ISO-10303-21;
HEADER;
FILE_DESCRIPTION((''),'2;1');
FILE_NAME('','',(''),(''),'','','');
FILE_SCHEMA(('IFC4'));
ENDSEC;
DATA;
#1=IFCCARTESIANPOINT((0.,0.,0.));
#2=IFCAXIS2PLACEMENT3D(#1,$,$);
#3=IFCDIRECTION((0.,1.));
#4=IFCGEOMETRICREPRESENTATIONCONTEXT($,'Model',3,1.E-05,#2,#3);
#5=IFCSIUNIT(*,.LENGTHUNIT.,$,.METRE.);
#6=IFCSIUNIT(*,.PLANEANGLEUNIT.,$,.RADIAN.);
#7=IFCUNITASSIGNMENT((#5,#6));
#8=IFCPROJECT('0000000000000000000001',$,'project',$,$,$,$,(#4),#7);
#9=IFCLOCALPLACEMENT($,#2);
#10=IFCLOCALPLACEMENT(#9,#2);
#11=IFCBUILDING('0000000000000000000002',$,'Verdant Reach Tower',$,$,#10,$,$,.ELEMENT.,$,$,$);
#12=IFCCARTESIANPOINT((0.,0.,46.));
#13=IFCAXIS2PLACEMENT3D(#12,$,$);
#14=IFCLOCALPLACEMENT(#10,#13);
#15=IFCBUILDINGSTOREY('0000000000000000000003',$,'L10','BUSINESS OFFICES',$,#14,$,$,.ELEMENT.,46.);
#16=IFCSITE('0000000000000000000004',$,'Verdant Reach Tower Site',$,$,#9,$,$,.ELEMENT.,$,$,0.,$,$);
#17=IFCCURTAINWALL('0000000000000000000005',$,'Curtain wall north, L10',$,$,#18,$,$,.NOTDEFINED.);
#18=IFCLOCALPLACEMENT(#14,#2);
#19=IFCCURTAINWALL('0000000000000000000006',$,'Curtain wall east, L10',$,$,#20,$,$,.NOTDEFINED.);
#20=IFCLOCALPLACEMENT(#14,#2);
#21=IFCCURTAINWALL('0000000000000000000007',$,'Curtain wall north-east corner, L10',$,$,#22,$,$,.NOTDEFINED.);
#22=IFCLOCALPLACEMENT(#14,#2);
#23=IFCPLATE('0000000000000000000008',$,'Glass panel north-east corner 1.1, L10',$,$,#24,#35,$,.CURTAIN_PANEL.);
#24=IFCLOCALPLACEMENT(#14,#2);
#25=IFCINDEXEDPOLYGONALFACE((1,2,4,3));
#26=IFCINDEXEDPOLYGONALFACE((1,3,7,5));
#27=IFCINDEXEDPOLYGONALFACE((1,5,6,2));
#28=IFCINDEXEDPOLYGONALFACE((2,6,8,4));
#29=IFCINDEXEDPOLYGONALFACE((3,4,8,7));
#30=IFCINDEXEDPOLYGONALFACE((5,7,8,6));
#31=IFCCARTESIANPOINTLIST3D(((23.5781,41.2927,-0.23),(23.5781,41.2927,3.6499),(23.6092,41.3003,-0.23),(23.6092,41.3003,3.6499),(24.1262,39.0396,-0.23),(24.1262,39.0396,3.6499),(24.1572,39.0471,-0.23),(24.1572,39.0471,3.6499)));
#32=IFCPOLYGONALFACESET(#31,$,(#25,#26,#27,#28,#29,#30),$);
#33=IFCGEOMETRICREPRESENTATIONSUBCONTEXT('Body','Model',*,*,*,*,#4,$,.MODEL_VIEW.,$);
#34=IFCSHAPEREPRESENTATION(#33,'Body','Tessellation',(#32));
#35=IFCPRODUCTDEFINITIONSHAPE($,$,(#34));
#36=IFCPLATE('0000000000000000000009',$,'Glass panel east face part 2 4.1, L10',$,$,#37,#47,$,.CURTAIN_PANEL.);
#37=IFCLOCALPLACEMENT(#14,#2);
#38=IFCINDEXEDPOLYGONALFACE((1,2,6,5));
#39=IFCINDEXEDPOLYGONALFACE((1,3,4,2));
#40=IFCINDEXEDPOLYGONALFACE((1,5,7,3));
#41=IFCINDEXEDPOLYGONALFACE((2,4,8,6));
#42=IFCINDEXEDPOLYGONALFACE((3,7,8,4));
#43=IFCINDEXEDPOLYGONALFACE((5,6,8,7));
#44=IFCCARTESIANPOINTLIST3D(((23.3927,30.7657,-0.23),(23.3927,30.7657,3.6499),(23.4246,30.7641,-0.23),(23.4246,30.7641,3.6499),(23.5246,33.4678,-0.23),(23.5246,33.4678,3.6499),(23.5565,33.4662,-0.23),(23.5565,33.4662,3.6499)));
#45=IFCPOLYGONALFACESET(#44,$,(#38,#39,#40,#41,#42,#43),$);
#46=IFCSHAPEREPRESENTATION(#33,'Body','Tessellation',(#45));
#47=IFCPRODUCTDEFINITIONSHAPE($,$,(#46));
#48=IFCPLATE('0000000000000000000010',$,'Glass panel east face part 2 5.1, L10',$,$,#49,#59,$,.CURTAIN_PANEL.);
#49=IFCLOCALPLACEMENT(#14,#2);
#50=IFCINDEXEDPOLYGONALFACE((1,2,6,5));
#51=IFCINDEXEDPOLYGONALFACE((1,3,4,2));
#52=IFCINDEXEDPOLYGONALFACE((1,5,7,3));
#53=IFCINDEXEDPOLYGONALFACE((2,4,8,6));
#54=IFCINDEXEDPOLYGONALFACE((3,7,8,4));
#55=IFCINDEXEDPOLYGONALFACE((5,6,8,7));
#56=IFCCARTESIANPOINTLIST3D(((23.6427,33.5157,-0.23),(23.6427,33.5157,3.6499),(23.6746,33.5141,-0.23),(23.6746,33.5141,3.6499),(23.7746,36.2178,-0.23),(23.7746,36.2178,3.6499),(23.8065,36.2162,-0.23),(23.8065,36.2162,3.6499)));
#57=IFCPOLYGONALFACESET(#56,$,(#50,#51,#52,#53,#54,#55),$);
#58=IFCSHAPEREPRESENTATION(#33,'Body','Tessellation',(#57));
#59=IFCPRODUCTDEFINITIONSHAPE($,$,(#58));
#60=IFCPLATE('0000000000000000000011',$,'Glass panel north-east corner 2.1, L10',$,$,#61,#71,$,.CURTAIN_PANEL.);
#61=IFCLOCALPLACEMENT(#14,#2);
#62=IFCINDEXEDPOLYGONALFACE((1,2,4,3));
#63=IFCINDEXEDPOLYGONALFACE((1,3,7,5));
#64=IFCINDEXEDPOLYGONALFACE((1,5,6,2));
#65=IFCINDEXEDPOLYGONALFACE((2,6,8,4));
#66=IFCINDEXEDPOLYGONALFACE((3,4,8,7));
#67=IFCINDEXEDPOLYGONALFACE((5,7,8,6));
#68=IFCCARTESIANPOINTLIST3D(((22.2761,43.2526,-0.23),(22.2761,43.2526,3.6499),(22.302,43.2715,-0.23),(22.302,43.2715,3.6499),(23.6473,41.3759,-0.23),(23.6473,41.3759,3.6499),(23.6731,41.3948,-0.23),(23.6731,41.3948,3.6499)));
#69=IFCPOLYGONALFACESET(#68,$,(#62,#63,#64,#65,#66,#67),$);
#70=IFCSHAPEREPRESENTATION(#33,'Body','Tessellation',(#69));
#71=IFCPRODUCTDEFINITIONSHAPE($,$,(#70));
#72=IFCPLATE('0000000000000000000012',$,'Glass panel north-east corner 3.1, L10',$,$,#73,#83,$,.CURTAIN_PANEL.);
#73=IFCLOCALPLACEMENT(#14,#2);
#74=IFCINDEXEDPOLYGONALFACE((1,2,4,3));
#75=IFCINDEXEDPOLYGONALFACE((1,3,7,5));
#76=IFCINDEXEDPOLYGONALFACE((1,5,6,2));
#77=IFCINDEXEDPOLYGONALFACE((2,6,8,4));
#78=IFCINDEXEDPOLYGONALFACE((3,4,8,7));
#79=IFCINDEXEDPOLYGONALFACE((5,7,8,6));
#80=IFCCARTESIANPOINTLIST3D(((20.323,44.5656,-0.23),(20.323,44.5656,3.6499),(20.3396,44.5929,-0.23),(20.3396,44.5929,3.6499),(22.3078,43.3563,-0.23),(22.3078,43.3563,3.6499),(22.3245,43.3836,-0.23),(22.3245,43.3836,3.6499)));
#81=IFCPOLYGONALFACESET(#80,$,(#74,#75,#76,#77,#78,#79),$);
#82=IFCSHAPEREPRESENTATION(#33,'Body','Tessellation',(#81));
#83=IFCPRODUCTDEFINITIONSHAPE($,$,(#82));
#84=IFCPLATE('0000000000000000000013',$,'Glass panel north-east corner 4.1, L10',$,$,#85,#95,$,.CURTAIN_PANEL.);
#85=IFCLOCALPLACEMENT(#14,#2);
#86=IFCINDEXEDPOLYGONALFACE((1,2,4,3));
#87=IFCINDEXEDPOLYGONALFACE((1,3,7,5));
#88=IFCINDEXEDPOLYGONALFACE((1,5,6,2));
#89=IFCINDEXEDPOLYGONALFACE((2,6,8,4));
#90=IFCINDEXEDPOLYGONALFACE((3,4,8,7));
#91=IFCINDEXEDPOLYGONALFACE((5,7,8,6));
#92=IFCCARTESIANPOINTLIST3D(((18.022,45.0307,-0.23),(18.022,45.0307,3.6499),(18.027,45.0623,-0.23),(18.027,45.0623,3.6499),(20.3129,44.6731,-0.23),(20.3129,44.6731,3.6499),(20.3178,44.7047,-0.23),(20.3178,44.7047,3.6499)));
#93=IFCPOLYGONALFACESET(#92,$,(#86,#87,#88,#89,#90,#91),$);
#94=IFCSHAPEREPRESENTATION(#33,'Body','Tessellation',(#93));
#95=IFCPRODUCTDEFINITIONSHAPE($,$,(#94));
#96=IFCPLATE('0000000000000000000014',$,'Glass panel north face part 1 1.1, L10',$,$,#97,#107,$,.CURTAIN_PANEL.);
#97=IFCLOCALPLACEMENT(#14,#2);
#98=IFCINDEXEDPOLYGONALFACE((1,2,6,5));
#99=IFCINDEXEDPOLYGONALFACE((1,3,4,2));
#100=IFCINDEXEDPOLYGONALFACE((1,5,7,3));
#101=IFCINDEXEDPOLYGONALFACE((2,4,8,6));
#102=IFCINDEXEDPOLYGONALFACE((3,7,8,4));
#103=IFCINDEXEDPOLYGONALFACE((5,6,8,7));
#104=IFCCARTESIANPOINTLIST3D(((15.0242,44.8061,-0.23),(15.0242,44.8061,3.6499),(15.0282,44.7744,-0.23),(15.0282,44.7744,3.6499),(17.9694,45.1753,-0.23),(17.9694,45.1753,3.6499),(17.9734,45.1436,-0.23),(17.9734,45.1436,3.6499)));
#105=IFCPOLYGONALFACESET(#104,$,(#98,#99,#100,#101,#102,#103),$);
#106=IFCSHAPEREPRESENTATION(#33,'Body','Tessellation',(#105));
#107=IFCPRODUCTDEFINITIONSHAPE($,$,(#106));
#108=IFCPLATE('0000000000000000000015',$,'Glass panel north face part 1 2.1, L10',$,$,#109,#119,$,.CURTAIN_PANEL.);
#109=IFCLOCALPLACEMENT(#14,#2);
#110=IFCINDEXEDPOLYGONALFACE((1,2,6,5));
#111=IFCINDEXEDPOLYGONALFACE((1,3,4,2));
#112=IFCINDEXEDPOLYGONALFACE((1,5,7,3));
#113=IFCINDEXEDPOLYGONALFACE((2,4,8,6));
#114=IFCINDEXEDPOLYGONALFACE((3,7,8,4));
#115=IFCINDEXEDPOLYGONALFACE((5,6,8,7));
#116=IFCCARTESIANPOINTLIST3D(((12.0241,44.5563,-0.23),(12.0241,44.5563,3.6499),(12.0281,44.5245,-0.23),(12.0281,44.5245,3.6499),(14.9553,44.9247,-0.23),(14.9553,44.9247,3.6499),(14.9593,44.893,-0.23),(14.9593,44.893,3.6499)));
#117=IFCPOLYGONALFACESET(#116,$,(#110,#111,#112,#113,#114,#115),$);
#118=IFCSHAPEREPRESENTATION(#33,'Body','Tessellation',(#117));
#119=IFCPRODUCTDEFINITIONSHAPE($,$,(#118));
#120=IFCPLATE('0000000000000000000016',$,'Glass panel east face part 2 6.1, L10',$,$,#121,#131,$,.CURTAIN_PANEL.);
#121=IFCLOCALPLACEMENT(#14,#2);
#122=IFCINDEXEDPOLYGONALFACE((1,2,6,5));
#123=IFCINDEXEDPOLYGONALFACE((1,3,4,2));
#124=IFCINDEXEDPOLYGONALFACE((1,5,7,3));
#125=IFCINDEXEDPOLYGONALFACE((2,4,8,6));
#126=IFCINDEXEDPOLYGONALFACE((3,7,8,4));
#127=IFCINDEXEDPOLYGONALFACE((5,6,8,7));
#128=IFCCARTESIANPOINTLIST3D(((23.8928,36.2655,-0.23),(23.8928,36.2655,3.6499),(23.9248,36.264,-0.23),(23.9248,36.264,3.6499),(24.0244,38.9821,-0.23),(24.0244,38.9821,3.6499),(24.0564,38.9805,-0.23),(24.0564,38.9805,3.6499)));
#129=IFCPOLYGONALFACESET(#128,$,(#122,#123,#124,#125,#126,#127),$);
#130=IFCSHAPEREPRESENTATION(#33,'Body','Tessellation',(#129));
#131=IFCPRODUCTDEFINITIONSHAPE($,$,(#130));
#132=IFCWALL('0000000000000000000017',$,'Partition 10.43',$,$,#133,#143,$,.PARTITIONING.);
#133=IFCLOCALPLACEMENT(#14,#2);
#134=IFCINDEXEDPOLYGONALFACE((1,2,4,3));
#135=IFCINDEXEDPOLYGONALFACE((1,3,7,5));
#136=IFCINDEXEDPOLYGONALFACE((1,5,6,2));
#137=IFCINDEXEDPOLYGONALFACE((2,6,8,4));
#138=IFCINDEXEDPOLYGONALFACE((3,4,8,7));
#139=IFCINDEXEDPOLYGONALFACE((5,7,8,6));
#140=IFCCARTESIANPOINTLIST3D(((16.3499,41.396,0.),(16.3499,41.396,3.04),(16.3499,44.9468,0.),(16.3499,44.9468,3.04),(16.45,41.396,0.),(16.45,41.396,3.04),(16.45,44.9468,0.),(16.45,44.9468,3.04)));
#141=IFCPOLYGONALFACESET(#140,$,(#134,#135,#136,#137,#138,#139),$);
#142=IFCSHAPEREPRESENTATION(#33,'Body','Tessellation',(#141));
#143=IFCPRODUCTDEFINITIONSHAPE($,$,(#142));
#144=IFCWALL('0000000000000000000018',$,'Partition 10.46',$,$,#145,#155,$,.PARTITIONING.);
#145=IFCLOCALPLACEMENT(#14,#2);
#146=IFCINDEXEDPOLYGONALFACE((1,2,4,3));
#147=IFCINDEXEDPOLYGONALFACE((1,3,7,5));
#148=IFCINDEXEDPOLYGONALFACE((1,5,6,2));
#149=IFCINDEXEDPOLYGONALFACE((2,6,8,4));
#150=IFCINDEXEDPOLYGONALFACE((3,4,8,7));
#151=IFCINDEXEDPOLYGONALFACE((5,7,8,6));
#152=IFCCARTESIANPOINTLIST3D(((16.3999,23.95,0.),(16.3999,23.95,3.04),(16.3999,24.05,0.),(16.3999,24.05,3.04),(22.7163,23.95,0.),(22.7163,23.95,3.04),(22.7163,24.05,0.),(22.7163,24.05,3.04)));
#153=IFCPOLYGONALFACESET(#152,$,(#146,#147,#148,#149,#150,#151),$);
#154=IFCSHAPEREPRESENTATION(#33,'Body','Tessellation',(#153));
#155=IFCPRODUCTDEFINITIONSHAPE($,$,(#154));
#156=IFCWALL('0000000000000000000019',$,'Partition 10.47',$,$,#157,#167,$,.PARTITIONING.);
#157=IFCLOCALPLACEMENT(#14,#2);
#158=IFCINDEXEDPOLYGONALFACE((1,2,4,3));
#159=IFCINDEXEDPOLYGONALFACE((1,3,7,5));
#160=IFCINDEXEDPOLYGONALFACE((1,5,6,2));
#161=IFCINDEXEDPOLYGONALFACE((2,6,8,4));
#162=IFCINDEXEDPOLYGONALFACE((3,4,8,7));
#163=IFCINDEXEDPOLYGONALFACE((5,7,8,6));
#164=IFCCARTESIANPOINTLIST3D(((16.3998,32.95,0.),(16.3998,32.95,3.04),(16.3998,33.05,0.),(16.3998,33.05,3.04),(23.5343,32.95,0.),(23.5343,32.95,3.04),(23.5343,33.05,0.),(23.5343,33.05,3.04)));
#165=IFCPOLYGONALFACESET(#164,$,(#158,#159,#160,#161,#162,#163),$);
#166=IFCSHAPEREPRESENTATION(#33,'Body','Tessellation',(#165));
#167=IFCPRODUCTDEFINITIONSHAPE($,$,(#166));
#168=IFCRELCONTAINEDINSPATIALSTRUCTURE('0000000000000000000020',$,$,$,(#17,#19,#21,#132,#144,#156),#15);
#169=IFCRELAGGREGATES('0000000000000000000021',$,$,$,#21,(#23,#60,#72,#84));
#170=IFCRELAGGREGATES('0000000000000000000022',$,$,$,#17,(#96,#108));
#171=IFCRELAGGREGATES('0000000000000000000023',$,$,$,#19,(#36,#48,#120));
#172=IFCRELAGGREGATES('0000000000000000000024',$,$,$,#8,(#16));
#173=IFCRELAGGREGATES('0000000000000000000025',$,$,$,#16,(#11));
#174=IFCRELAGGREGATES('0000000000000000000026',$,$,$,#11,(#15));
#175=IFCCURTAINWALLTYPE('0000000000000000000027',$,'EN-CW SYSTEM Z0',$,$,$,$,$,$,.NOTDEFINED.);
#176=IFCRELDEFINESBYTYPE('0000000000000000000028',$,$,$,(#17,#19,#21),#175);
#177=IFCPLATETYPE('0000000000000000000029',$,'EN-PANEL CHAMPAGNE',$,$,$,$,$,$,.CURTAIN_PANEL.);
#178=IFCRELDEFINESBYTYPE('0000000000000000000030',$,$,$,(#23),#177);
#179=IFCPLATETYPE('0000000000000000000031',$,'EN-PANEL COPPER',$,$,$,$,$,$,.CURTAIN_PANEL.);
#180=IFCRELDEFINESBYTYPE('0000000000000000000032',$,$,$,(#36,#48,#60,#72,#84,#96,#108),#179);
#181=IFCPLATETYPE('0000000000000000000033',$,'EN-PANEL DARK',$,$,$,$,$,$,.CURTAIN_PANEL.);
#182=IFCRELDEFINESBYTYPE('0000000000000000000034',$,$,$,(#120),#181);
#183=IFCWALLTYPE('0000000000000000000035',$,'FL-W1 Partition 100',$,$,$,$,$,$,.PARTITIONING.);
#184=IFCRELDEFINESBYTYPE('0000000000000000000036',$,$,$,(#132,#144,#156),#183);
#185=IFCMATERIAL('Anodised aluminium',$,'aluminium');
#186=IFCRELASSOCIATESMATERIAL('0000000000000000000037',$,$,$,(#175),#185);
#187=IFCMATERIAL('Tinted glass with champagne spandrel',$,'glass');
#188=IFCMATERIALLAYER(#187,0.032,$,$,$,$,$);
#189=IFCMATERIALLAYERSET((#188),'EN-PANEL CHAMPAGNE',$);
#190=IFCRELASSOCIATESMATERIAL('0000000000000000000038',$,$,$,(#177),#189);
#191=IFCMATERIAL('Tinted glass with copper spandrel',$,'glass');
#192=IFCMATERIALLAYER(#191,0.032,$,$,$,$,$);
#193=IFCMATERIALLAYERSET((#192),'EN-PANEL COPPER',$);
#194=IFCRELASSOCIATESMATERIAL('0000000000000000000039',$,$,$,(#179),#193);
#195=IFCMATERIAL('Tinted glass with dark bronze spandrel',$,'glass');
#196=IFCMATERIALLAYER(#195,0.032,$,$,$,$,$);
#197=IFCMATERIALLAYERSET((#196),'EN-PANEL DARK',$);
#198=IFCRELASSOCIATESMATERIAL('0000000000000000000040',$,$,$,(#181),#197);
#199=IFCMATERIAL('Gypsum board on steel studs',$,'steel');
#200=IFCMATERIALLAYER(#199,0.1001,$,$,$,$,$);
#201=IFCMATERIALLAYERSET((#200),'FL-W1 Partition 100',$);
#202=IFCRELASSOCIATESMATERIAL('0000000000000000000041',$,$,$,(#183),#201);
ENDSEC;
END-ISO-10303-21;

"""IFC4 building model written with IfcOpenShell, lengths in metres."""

from ifc_helpers import new_model, si_unit, direction, frame, frame_2d, origin, origin_2d, place, context, subcontext, project, spatial, rectangle, extrude, material, layer, layer_set, type_object, element, aggregate, save


model = new_model("IFC4")

# Units and contexts
model_context = context("Model", 3, precision=1e-05, world=origin(), true_north=direction((0.0, 1.0)))
body_context = subcontext(model_context, "Body", "Model", "MODEL_VIEW")
ifc_project = project(units=[si_unit("LENGTHUNIT", "METRE"), si_unit("PLANEANGLEUNIT", "RADIAN")], contexts=[model_context])

# Site, building, storey
site_placement = place(None, origin())
site = spatial("IfcSite", under=ifc_project, at=site_placement, Name="Verdant Reach Tower Site", CompositionType="ELEMENT", RefElevation=0.0)
building_placement = place(site_placement, origin())
building = spatial("IfcBuilding", under=site, at=building_placement, Name="Verdant Reach Tower", CompositionType="ELEMENT")
storey_placement = place(building_placement, frame((0.0, 0.0, 46.0)))
storey = spatial("IfcBuildingStorey", under=building, at=storey_placement, Name="L10", Description="BUSINESS OFFICES", CompositionType="ELEMENT", Elevation=46.0)

# Curtain wall
ifc_material_1 = material(Name="Anodised aluminium", Category="aluminium")
curtain_wall_type = type_object("IfcCurtainWallType", Name="EN-CW SYSTEM Z0", PredefinedType="NOTDEFINED", material=ifc_material_1)
curtain_wall_1_placement = place(storey_placement, origin())
curtain_wall_1 = element("IfcCurtainWall", 1, at=curtain_wall_1_placement, inside=storey, type_object=curtain_wall_type, Name="Curtain wall north, L10", PredefinedType="NOTDEFINED")

# Curtain wall
curtain_wall_2_placement = place(storey_placement, origin())
curtain_wall_2 = element("IfcCurtainWall", 2, at=curtain_wall_2_placement, inside=storey, type_object=curtain_wall_type, Name="Curtain wall east, L10", PredefinedType="NOTDEFINED")
ifc_material_2 = material(Name="Tinted glass with champagne spandrel", Category="glass")
ifc_layer_1 = layer(ifc_material_2, 0.032)
ifc_layer_set_1 = layer_set([ifc_layer_1], Name="EN-PANEL CHAMPAGNE")
plate_type_1 = type_object("IfcPlateType", Name="EN-PANEL CHAMPAGNE", PredefinedType="CURTAIN_PANEL", material=ifc_layer_set_1)

# Curtain wall, plate
curtain_wall_3_placement = place(storey_placement, origin())
curtain_wall_3 = element("IfcCurtainWall", 3, at=curtain_wall_3_placement, inside=storey, type_object=curtain_wall_type, Name="Curtain wall north-east corner, L10", PredefinedType="NOTDEFINED")
plate_1_placement = place(storey_placement, frame((23.8677, 40.1699, -0.23), z_axis=(0.0, 0.0, 1.0), x_axis=(-0.236347, 0.971669, 0.0)))
plate_1 = element("IfcPlate", 4, at=plate_1_placement, type_object=plate_type_1, Name="Glass panel north-east corner 1.1, L10", PredefinedType="CURTAIN_PANEL", context=body_context, shape_type="SweptSolid", body=[
    extrude(rectangle(XDim=2.3188, YDim=0.032, at=origin_2d()), origin(), (0.0, 0.0, 1.0), 3.8799),
])

# Plates
ifc_material_3 = material(Name="Tinted glass with copper spandrel", Category="glass")
ifc_layer_2 = layer(ifc_material_3, 0.032)
ifc_layer_set_2 = layer_set([ifc_layer_2], Name="EN-PANEL COPPER")
plate_type_2 = type_object("IfcPlateType", Name="EN-PANEL COPPER", PredefinedType="CURTAIN_PANEL", material=ifc_layer_set_2)
plate_2_placement = place(storey_placement, frame((23.4746, 32.116, -0.23), z_axis=(0.0, 0.0, 1.0), x_axis=(0.048753, 0.998811, 0.0)))
plate_2 = element("IfcPlate", 5, at=plate_2_placement, type_object=plate_type_2, Name="Glass panel east face part 2 4.1, L10", PredefinedType="CURTAIN_PANEL", context=body_context, shape_type="SweptSolid", body=[
    extrude(rectangle(XDim=2.7053, YDim=0.032, at=origin_2d()), origin(), (0.0, 0.0, 1.0), 3.8799),
])
plate_3_placement = place(storey_placement, frame((23.7246, 34.866, -0.23), z_axis=(0.0, 0.0, 1.0), x_axis=(0.048753, 0.998811, 0.0)))
plate_3 = element("IfcPlate", 6, at=plate_3_placement, type_object=plate_type_2, Name="Glass panel east face part 2 5.1, L10", PredefinedType="CURTAIN_PANEL", context=body_context, shape_type="SweptSolid", body=[
    extrude(rectangle(XDim=2.7053, YDim=0.032, at=origin_2d()), origin(), (0.0, 0.0, 1.0), 3.8799),
])
plate_4_placement = place(storey_placement, frame((22.9746, 42.3237, -0.23), z_axis=(0.0, 0.0, 1.0), x_axis=(-0.589927, 0.807457, 0.0)))
plate_4 = element("IfcPlate", 7, at=plate_4_placement, type_object=plate_type_2, Name="Glass panel north-east corner 2.1, L10", PredefinedType="CURTAIN_PANEL", context=body_context, shape_type="SweptSolid", body=[
    extrude(rectangle(XDim=2.3242, YDim=0.032, at=origin_2d()), origin(), (0.0, 0.0, 1.0), 3.8799),
])
plate_5_placement = place(storey_placement, frame((21.3237, 43.9746, -0.23), z_axis=(0.0, 0.0, 1.0), x_axis=(-0.853989, 0.520292, 0.0)))
plate_5 = element("IfcPlate", 8, at=plate_5_placement, type_object=plate_type_2, Name="Glass panel north-east corner 3.1, L10", PredefinedType="CURTAIN_PANEL", context=body_context, shape_type="SweptSolid", body=[
    extrude(rectangle(XDim=2.3242, YDim=0.032, at=origin_2d()), origin(), (0.0, 0.0, 1.0), 3.8799),
])
plate_6_placement = place(storey_placement, frame((19.1699, 44.8677, -0.23), z_axis=(0.0, 0.0, 1.0), x_axis=(-0.988035, 0.154233, 0.0)))
plate_6 = element("IfcPlate", 9, at=plate_6_placement, type_object=plate_type_2, Name="Glass panel north-east corner 4.1, L10", PredefinedType="CURTAIN_PANEL", context=body_context, shape_type="SweptSolid", body=[
    extrude(rectangle(XDim=2.3186, YDim=0.032, at=origin_2d()), origin(), (0.0, 0.0, 1.0), 3.8799),
])
aggregate(curtain_wall_3, [plate_1, plate_4, plate_5, plate_6])
plate_7_placement = place(storey_placement, frame((16.4988, 44.9749, -0.23), z_axis=(0.0, 0.0, 1.0), x_axis=(-0.992234, -0.124384, 0.0)))
plate_7 = element("IfcPlate", 10, at=plate_7_placement, type_object=plate_type_2, Name="Glass panel north face part 1 1.1, L10", PredefinedType="CURTAIN_PANEL", context=body_context, shape_type="SweptSolid", body=[
    extrude(rectangle(XDim=2.9683, YDim=0.032, at=origin_2d()), origin(), (0.0, 0.0, 1.0), 3.8799),
])
plate_8_placement = place(storey_placement, frame((13.4917, 44.7246, -0.23), z_axis=(0.0, 0.0, 1.0), x_axis=(-0.992194, -0.124704, 0.0)))
plate_8 = element("IfcPlate", 11, at=plate_8_placement, type_object=plate_type_2, Name="Glass panel north face part 1 2.1, L10", PredefinedType="CURTAIN_PANEL", context=body_context, shape_type="SweptSolid", body=[
    extrude(rectangle(XDim=2.9543, YDim=0.032, at=origin_2d()), origin(), (0.0, 0.0, 1.0), 3.8799),
])
aggregate(curtain_wall_1, [plate_7, plate_8])
ifc_material_4 = material(Name="Tinted glass with dark bronze spandrel", Category="glass")
ifc_layer_3 = layer(ifc_material_4, 0.032)
ifc_layer_set_3 = layer_set([ifc_layer_3], Name="EN-PANEL DARK")
plate_type_3 = type_object("IfcPlateType", Name="EN-PANEL DARK", PredefinedType="CURTAIN_PANEL", material=ifc_layer_set_3)
plate_9_placement = place(storey_placement, frame((23.9746, 37.623, -0.23), z_axis=(0.0, 0.0, 1.0), x_axis=(0.048383, 0.998829, 0.0)))
plate_9 = element("IfcPlate", 12, at=plate_9_placement, type_object=plate_type_3, Name="Glass panel east face part 2 6.1, L10", PredefinedType="CURTAIN_PANEL", context=body_context, shape_type="SweptSolid", body=[
    extrude(rectangle(XDim=2.7197, YDim=0.032, at=origin_2d()), origin(), (0.0, 0.0, 1.0), 3.8799),
])
aggregate(curtain_wall_2, [plate_2, plate_3, plate_9])

# Walls
ifc_material_5 = material(Name="Gypsum board on steel studs", Category="steel")
ifc_layer_4 = layer(ifc_material_5, 0.1001)
ifc_layer_set_4 = layer_set([ifc_layer_4], Name="FL-W1 Partition 100")
wall_type_1 = type_object("IfcWallType", Name="FL-W1 Partition 100", PredefinedType="PARTITIONING", material=ifc_layer_set_4)
wall_1_placement = place(storey_placement, frame((16.3999, 41.396, 0.0), z_axis=(0.0, 0.0, 1.0), x_axis=(0.0, 1.0, 0.0)))
element("IfcWall", 13, at=wall_1_placement, inside=storey, type_object=wall_type_1, Name="Partition 10.43", PredefinedType="PARTITIONING", context=body_context, shape_type="SweptSolid", body=[
    extrude(rectangle(XDim=3.5508, YDim=0.1001, at=frame_2d((1.7754, 0.0))), origin(), (0.0, 0.0, 1.0), 3.04),
])
wall_2_placement = place(storey_placement, frame((22.7163, 24.0, 0.0), z_axis=(0.0, 0.0, 1.0), x_axis=(-1.0, 0.0, 0.0)))
element("IfcWall", 14, at=wall_2_placement, inside=storey, type_object=wall_type_1, Name="Partition 10.46", PredefinedType="PARTITIONING", context=body_context, shape_type="SweptSolid", body=[
    extrude(rectangle(XDim=6.3164, YDim=0.1001, at=frame_2d((3.1582, 0.0))), origin(), (0.0, 0.0, 1.0), 3.04),
])
wall_3_placement = place(storey_placement, frame((23.5344, 33.0, 0.0), z_axis=(0.0, 0.0, 1.0), x_axis=(-1.0, 0.0, 0.0)))
element("IfcWall", 15, at=wall_3_placement, inside=storey, type_object=wall_type_1, Name="Partition 10.47", PredefinedType="PARTITIONING", context=body_context, shape_type="SweptSolid", body=[
    extrude(rectangle(XDim=7.1345, YDim=0.1001, at=frame_2d((3.5674, 0.0))), origin(), (0.0, 0.0, 1.0), 3.04),
])

save(model, "model.ifc")
